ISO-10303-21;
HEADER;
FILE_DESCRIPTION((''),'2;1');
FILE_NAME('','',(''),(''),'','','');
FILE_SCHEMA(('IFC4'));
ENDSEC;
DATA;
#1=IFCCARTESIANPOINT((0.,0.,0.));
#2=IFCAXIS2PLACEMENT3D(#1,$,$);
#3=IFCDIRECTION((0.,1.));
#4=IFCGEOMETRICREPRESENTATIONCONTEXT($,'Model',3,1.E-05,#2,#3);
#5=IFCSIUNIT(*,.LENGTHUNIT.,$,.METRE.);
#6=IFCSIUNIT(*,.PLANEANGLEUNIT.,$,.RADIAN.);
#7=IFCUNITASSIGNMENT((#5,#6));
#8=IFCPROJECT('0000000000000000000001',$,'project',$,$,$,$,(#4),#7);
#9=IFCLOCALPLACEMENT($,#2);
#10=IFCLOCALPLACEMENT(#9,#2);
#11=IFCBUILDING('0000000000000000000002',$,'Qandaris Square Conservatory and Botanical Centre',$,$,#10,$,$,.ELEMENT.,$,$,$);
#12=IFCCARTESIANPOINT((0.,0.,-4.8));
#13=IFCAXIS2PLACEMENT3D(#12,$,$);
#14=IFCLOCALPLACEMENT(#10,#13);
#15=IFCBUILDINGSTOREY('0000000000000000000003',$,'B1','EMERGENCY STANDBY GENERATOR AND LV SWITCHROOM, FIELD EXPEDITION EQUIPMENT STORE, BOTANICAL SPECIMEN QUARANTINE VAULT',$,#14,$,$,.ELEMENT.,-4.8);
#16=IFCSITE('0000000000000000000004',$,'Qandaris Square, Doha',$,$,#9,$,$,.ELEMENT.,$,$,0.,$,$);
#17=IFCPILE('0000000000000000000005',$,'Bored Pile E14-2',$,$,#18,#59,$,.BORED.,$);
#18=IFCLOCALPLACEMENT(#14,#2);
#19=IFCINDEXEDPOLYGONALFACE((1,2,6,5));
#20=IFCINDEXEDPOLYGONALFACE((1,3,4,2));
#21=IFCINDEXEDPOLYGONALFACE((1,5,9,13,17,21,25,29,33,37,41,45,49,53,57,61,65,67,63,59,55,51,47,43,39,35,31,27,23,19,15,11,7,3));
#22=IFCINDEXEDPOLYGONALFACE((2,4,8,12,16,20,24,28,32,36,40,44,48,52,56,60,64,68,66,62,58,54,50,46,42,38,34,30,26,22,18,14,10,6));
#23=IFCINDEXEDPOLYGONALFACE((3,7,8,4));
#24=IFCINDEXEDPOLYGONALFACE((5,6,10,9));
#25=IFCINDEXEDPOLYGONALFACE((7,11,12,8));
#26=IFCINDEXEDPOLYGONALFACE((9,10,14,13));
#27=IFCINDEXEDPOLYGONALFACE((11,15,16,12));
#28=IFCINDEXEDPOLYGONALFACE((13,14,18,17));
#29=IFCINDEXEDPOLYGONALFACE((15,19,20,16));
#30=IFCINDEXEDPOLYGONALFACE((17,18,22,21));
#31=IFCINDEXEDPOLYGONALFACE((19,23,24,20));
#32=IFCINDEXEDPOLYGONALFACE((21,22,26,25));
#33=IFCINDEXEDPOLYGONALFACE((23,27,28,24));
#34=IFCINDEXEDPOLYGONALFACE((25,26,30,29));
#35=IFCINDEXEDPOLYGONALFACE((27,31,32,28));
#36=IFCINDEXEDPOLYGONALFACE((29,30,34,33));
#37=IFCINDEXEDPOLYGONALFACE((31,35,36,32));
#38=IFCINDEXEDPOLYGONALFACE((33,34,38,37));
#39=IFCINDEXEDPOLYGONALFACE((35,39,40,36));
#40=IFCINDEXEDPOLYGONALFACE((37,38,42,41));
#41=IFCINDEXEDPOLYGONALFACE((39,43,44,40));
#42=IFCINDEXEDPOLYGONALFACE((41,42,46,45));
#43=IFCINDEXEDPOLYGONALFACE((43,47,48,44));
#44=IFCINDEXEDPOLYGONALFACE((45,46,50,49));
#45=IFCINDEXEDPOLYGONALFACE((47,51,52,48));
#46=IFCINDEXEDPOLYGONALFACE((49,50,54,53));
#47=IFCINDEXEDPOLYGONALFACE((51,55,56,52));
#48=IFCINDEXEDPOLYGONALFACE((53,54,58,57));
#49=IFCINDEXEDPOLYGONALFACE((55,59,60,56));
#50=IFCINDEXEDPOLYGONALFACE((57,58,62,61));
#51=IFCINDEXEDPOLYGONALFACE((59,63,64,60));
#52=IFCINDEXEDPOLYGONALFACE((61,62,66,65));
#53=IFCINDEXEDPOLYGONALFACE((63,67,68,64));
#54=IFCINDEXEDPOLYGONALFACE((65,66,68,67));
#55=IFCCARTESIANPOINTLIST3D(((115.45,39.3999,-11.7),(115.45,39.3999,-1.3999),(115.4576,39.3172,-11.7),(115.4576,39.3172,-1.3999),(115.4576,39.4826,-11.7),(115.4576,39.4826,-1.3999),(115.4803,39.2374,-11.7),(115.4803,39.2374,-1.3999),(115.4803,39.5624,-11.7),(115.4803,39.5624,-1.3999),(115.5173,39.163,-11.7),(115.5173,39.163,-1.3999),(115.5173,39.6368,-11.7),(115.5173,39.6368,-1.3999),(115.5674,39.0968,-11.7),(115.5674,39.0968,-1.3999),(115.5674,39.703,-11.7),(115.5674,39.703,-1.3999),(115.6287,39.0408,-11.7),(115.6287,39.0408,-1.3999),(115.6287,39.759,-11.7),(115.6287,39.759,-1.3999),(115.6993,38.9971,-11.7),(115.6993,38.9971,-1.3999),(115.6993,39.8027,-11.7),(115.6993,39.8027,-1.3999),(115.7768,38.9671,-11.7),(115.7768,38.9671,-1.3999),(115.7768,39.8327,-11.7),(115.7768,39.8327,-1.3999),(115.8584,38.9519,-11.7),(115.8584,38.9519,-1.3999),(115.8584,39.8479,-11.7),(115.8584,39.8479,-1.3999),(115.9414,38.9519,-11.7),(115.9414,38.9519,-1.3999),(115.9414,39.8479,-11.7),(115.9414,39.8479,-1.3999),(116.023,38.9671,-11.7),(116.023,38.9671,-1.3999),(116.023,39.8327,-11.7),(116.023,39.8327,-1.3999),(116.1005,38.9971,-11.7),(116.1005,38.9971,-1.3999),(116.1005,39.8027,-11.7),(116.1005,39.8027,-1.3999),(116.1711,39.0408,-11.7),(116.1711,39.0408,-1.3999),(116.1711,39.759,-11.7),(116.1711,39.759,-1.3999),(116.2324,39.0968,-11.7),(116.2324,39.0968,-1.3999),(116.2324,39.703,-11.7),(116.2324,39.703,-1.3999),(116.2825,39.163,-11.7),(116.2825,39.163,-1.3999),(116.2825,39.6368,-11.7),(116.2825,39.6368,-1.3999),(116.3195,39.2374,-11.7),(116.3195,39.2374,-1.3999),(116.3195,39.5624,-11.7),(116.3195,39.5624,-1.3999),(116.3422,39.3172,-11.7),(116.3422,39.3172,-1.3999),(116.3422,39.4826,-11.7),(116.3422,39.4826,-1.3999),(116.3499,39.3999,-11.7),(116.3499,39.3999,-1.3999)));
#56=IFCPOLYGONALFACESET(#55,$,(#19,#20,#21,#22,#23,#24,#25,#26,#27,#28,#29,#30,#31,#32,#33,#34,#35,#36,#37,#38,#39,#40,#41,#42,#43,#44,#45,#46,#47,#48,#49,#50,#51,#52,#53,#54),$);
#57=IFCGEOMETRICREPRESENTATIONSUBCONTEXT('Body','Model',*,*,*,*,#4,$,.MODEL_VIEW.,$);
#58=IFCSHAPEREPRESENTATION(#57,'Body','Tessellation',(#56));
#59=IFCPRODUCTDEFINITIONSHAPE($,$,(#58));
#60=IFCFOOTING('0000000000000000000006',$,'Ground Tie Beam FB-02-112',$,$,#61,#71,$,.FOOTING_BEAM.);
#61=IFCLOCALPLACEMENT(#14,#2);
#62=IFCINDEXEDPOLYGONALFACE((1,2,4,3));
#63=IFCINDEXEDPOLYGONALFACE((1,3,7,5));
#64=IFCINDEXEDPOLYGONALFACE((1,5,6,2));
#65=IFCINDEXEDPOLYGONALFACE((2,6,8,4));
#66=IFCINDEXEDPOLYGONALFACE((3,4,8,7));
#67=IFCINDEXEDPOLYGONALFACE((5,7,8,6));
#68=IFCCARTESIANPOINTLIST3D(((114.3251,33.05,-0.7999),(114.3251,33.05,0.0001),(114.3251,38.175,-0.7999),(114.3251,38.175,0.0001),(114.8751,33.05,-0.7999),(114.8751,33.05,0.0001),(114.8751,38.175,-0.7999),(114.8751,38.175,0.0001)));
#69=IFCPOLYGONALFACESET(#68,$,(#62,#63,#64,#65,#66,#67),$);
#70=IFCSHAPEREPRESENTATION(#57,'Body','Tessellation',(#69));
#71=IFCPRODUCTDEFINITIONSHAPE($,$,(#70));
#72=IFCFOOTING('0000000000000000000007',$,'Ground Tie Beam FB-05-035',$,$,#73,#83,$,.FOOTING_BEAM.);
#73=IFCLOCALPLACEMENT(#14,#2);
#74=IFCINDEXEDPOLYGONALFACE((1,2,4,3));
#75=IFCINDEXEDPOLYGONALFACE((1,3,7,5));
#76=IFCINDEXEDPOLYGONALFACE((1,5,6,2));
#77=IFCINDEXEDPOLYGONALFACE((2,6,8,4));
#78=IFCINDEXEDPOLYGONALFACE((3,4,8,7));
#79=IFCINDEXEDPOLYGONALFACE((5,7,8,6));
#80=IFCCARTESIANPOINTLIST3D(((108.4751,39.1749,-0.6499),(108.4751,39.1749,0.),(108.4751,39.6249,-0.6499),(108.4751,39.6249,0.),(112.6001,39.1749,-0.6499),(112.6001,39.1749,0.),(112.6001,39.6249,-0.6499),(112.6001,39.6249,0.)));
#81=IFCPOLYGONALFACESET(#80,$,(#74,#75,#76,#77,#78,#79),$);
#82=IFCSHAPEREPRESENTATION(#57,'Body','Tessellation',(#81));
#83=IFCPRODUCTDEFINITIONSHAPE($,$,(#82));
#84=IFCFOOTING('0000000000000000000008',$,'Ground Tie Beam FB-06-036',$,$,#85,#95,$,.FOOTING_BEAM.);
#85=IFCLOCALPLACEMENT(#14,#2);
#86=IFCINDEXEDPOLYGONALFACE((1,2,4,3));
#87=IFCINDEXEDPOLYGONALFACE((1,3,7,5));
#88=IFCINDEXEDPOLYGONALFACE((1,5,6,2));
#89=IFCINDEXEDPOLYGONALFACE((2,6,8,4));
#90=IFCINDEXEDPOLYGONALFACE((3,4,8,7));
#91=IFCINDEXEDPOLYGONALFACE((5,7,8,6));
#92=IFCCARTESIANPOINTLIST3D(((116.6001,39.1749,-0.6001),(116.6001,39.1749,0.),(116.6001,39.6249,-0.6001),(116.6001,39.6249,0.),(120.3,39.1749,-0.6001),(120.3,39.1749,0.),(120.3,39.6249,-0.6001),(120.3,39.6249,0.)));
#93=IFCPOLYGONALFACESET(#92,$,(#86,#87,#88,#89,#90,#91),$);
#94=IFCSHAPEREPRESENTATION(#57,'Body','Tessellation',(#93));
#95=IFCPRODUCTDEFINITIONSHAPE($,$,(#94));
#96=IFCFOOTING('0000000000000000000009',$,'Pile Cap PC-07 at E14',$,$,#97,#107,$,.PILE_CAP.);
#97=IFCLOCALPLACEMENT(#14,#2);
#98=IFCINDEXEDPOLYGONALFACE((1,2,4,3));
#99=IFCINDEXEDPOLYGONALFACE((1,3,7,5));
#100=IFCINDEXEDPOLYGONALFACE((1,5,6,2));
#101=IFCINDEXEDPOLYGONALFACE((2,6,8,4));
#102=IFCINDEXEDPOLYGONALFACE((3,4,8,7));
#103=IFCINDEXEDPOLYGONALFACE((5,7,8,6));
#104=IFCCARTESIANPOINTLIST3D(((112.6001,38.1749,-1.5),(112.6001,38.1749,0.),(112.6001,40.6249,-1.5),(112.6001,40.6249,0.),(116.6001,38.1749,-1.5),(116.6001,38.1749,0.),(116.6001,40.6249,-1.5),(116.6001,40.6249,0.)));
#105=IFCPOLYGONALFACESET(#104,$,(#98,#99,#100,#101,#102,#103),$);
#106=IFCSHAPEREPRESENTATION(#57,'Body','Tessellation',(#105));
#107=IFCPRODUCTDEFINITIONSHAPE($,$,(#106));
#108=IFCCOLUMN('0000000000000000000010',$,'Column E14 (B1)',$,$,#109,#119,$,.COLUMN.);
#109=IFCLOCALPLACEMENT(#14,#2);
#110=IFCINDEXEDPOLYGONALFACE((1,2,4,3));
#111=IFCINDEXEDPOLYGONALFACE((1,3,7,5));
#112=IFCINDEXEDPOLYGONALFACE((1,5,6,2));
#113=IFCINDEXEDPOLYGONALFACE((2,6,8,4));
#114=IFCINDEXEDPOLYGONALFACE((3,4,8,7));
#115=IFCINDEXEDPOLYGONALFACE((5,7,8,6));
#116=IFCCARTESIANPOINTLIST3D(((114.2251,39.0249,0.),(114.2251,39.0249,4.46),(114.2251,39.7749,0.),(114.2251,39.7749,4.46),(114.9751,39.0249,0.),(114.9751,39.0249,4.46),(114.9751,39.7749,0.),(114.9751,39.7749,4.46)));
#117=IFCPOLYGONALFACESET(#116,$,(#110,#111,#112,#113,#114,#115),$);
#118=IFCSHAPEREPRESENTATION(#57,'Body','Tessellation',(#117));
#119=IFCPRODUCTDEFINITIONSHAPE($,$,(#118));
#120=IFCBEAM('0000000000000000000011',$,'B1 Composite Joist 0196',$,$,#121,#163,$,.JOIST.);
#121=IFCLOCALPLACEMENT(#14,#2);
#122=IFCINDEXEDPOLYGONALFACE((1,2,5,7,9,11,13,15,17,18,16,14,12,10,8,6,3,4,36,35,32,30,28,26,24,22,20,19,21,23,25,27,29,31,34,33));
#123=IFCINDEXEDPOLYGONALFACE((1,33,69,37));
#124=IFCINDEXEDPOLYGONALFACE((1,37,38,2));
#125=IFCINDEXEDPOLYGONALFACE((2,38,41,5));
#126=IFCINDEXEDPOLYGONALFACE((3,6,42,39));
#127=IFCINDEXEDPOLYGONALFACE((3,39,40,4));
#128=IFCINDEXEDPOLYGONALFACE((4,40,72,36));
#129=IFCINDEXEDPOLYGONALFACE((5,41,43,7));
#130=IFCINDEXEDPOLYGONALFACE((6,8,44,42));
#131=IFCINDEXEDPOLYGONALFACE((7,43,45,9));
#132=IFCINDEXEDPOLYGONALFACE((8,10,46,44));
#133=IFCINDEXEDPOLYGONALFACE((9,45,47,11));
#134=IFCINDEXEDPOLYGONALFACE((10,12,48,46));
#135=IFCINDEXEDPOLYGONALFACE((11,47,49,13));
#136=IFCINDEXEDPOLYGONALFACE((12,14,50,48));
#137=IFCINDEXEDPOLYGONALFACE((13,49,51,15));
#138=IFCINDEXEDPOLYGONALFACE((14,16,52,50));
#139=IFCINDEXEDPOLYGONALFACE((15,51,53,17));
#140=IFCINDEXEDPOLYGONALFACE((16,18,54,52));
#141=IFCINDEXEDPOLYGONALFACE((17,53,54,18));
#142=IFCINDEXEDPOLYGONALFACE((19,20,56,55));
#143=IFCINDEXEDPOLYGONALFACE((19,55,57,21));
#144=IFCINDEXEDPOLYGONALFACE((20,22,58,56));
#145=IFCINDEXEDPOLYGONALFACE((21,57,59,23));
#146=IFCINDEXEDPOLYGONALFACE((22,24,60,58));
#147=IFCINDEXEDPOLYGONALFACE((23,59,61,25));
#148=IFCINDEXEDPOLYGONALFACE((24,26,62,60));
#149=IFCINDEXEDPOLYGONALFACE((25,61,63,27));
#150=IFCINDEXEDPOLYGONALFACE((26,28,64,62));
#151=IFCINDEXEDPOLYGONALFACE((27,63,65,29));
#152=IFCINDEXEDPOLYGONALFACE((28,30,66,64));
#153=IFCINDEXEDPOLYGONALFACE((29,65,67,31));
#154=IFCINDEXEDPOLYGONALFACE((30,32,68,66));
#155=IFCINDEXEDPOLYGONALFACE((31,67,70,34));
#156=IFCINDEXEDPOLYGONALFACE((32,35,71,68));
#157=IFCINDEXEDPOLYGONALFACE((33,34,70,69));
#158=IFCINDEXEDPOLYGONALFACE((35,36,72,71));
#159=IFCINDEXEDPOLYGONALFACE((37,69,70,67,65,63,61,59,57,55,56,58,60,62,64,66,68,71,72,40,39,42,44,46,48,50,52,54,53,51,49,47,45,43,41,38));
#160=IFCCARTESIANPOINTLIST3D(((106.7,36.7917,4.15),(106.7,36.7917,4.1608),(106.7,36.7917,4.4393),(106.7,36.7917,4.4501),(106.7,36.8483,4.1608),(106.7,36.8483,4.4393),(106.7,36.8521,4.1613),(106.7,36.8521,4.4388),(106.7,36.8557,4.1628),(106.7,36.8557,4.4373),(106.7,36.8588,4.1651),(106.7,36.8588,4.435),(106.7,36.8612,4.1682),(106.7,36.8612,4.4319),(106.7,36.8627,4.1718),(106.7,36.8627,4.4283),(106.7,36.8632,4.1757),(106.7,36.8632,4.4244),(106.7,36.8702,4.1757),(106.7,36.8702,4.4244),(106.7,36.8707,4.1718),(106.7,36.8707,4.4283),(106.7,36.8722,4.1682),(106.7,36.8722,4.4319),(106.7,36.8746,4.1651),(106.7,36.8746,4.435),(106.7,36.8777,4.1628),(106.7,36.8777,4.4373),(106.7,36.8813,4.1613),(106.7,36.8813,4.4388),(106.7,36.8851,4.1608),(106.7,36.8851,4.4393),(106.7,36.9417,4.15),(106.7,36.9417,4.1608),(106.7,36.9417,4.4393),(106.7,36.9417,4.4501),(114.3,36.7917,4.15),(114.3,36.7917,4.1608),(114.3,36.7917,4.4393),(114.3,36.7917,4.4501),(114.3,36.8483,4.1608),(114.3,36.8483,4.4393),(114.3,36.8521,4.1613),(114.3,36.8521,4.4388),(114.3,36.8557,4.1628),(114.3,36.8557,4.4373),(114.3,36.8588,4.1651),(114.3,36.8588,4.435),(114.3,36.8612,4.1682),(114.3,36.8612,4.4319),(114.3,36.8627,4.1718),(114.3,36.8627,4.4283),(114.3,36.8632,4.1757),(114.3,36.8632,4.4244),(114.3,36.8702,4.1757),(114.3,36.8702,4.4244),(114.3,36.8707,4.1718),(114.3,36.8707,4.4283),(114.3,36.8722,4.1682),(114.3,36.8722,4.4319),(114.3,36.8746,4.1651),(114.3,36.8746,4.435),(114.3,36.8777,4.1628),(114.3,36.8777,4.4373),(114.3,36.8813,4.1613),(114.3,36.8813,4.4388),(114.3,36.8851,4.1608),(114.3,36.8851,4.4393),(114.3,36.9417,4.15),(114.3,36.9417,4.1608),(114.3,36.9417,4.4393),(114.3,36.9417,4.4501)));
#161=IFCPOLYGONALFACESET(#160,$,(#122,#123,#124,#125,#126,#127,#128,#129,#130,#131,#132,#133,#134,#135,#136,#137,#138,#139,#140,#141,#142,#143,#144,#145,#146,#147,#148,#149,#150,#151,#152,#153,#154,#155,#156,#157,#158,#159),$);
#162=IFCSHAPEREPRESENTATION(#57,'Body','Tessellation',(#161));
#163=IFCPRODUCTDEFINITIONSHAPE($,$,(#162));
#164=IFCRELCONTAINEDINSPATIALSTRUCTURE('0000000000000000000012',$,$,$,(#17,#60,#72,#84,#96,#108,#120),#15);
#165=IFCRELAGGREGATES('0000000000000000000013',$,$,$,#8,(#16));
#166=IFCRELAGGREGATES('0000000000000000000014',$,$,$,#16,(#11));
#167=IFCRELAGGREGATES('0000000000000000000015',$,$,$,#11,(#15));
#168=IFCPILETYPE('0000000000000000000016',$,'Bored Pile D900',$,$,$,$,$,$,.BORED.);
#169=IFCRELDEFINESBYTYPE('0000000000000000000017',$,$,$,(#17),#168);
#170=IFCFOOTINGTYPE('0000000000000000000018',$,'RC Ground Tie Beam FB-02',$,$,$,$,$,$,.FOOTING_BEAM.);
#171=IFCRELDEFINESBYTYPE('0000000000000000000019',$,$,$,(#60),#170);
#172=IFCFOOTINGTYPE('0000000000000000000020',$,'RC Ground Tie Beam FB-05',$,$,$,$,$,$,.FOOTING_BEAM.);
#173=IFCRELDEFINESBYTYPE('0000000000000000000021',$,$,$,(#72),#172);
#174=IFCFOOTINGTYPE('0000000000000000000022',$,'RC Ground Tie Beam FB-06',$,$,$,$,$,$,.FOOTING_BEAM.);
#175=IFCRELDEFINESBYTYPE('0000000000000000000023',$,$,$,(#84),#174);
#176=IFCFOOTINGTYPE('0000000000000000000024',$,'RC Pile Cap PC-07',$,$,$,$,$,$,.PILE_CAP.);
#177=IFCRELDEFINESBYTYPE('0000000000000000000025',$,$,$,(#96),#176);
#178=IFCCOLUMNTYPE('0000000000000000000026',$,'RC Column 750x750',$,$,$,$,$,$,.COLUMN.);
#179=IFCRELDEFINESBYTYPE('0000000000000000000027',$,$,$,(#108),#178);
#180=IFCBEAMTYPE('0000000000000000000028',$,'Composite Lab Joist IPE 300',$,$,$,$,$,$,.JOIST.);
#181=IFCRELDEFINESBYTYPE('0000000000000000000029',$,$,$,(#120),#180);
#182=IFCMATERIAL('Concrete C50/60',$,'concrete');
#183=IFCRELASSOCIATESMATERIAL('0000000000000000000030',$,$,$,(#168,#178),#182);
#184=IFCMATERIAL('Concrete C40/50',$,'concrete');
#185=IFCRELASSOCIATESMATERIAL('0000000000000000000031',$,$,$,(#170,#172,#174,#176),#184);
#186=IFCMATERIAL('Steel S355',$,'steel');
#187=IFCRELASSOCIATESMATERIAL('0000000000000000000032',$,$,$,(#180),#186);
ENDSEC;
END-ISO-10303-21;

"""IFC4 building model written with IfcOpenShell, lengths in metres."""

from ifc_helpers import new_model, si_unit, direction, frame, origin, origin_2d, place, context, subcontext, project, spatial, rectangle, circle, i_section, extrude, material, material_profile, profile_set, type_object, element, save


model = new_model("IFC4")

# Units and contexts
model_context = context("Model", 3, precision=1e-05, world=origin(), true_north=direction((0.0, 1.0)))
body_context = subcontext(model_context, "Body", "Model", "MODEL_VIEW")
ifc_project = project(units=[si_unit("LENGTHUNIT", "METRE"), si_unit("PLANEANGLEUNIT", "RADIAN")], contexts=[model_context])

# Site, building, storey
site_placement = place(None, origin())
site = spatial("IfcSite", under=ifc_project, at=site_placement, Name="Qandaris Square, Doha", CompositionType="ELEMENT", RefElevation=0.0)
building_placement = place(site_placement, origin())
building = spatial("IfcBuilding", under=site, at=building_placement, Name="Qandaris Square Conservatory and Botanical Centre", CompositionType="ELEMENT")
storey_placement = place(building_placement, frame((0.0, 0.0, -4.8)))
storey = spatial("IfcBuildingStorey", under=building, at=storey_placement, Name="B1", Description="EMERGENCY STANDBY GENERATOR AND LV SWITCHROOM, FIELD EXPEDITION EQUIPMENT STORE, BOTANICAL SPECIMEN QUARANTINE VAULT", CompositionType="ELEMENT", Elevation=-4.8)

# Pile
ifc_material_1 = material(Name="Concrete C50/60", Category="concrete")
ifc_material_profile_1 = material_profile(ifc_material_1, circle(Radius=0.45, at=origin_2d()), Name="PILE D900")
ifc_profile_set_1 = profile_set([ifc_material_profile_1], Name="Concrete C50/60")
pile_type_1 = type_object("IfcPileType", Name="Bored Pile D900", PredefinedType="BORED", material=ifc_profile_set_1)
for number, where, z_axis, x_axis, name in (
    (1, (115.8999, 39.3999, -1.3999), (0.0, 0.0, -1.0), (1.0, 0.0, 0.0), "Bored Pile E14-2"),
):
    element("IfcPile", number, at=place(storey_placement, frame(where, z_axis=z_axis, x_axis=x_axis)), inside=storey, type_object=pile_type_1, Name=name, PredefinedType="BORED", context=body_context, shape_type="SweptSolid", body=[
        extrude(circle(Radius=0.45, at=origin_2d()), origin(), (0.0, 0.0, 1.0), 10.3),
    ])

# Footings
ifc_material_2 = material(Name="Concrete C40/50", Category="concrete")
ifc_material_profile_2 = material_profile(ifc_material_2, rectangle(XDim=0.55, YDim=0.8, at=origin_2d()), Name="FB 550x800")
ifc_profile_set_2 = profile_set([ifc_material_profile_2], Name="Concrete C40/50")
footing_type_1 = type_object("IfcFootingType", Name="RC Ground Tie Beam FB-02", PredefinedType="FOOTING_BEAM", material=ifc_profile_set_2)
footing_1_placement = place(storey_placement, frame((114.6001, 33.05, -0.3999), z_axis=(0.0, 1.0, 0.0), x_axis=(-1.0, 0.0, 0.0)))
element("IfcFooting", 2, at=footing_1_placement, inside=storey, type_object=footing_type_1, Name="Ground Tie Beam FB-02-112", PredefinedType="FOOTING_BEAM", context=body_context, shape_type="SweptSolid", body=[
    extrude(rectangle(XDim=0.55, YDim=0.8, at=origin_2d()), origin(), (0.0, 0.0, 1.0), 5.125),
])
ifc_material_profile_3 = material_profile(ifc_material_2, rectangle(XDim=0.45, YDim=0.6499, at=origin_2d()), Name="FB 450x650")
ifc_profile_set_3 = profile_set([ifc_material_profile_3], Name="Concrete C40/50")
footing_type_2 = type_object("IfcFootingType", Name="RC Ground Tie Beam FB-05", PredefinedType="FOOTING_BEAM", material=ifc_profile_set_3)
footing_2_placement = place(storey_placement, frame((108.4751, 39.3999, -0.325), z_axis=(1.0, 0.0, 0.0), x_axis=(0.0, 1.0, 0.0)))
element("IfcFooting", 3, at=footing_2_placement, inside=storey, type_object=footing_type_2, Name="Ground Tie Beam FB-05-035", PredefinedType="FOOTING_BEAM", context=body_context, shape_type="SweptSolid", body=[
    extrude(rectangle(XDim=0.45, YDim=0.6499, at=origin_2d()), origin(), (0.0, 0.0, 1.0), 4.125),
])
ifc_material_profile_4 = material_profile(ifc_material_2, rectangle(XDim=0.45, YDim=0.6001, at=origin_2d()), Name="FB 450x600")
ifc_profile_set_4 = profile_set([ifc_material_profile_4], Name="Concrete C40/50")
footing_type_3 = type_object("IfcFootingType", Name="RC Ground Tie Beam FB-06", PredefinedType="FOOTING_BEAM", material=ifc_profile_set_4)
footing_3_placement = place(storey_placement, frame((116.6001, 39.3999, -0.3), z_axis=(1.0, 0.0, 0.0), x_axis=(0.0, 1.0, 0.0)))
element("IfcFooting", 4, at=footing_3_placement, inside=storey, type_object=footing_type_3, Name="Ground Tie Beam FB-06-036", PredefinedType="FOOTING_BEAM", context=body_context, shape_type="SweptSolid", body=[
    extrude(rectangle(XDim=0.45, YDim=0.6001, at=origin_2d()), origin(), (0.0, 0.0, 1.0), 3.7),
])
footing_type_4 = type_object("IfcFootingType", Name="RC Pile Cap PC-07", PredefinedType="PILE_CAP", material=ifc_material_2)
footing_4_placement = place(storey_placement, frame((114.6001, 39.3999, -1.5), z_axis=(0.0, 0.0, 1.0), x_axis=(1.0, 0.0, 0.0)))
element("IfcFooting", 5, at=footing_4_placement, inside=storey, type_object=footing_type_4, Name="Pile Cap PC-07 at E14", PredefinedType="PILE_CAP", context=body_context, shape_type="SweptSolid", body=[
    extrude(rectangle(XDim=4.0, YDim=2.45, at=origin_2d()), origin(), (0.0, 0.0, 1.0), 1.5),
])

# Column
ifc_material_profile_5 = material_profile(ifc_material_1, rectangle(XDim=0.75, YDim=0.75, at=origin_2d()), Name="RC-COL 750x750")
ifc_profile_set_5 = profile_set([ifc_material_profile_5], Name="Concrete C50/60")
column_type = type_object("IfcColumnType", Name="RC Column 750x750", PredefinedType="COLUMN", material=ifc_profile_set_5)
column_placement = place(storey_placement, frame((114.6001, 39.3999, 0.0), z_axis=(0.0, 0.0, 1.0), x_axis=(1.0, 0.0, 0.0)))
element("IfcColumn", 6, at=column_placement, inside=storey, type_object=column_type, Name="Column E14 (B1)", PredefinedType="COLUMN", context=body_context, shape_type="SweptSolid", body=[
    extrude(rectangle(XDim=0.75, YDim=0.75, at=origin_2d()), origin(), (0.0, 0.0, 1.0), 4.46),
])

# Beam
ifc_material_3 = material(Name="Steel S355", Category="steel")
ifc_material_profile_6 = material_profile(ifc_material_3, i_section(OverallWidth=0.1499, OverallDepth=0.3, WebThickness=0.0071, FlangeThickness=0.0107, FilletRadius=0.0149, at=origin_2d()), Name="IPE 300")
ifc_profile_set_6 = profile_set([ifc_material_profile_6], Name="Steel S355")
beam_type_1 = type_object("IfcBeamType", Name="Composite Lab Joist IPE 300", PredefinedType="JOIST", material=ifc_profile_set_6)
for number, where, z_axis, x_axis, name in (
    (7, (106.7, 36.8667, 4.3), (1.0, 0.0, 0.0), (0.0, 1.0, 0.0), "B1 Composite Joist 0196"),
):
    element("IfcBeam", number, at=place(storey_placement, frame(where, z_axis=z_axis, x_axis=x_axis)), inside=storey, type_object=beam_type_1, Name=name, PredefinedType="JOIST", context=body_context, shape_type="SweptSolid", body=[
        extrude(i_section(OverallWidth=0.1499, OverallDepth=0.3, WebThickness=0.0071, FlangeThickness=0.0107, FilletRadius=0.0149, at=origin_2d()), origin(), (0.0, 0.0, 1.0), 7.6001),
    ])

save(model, "model.ifc")
